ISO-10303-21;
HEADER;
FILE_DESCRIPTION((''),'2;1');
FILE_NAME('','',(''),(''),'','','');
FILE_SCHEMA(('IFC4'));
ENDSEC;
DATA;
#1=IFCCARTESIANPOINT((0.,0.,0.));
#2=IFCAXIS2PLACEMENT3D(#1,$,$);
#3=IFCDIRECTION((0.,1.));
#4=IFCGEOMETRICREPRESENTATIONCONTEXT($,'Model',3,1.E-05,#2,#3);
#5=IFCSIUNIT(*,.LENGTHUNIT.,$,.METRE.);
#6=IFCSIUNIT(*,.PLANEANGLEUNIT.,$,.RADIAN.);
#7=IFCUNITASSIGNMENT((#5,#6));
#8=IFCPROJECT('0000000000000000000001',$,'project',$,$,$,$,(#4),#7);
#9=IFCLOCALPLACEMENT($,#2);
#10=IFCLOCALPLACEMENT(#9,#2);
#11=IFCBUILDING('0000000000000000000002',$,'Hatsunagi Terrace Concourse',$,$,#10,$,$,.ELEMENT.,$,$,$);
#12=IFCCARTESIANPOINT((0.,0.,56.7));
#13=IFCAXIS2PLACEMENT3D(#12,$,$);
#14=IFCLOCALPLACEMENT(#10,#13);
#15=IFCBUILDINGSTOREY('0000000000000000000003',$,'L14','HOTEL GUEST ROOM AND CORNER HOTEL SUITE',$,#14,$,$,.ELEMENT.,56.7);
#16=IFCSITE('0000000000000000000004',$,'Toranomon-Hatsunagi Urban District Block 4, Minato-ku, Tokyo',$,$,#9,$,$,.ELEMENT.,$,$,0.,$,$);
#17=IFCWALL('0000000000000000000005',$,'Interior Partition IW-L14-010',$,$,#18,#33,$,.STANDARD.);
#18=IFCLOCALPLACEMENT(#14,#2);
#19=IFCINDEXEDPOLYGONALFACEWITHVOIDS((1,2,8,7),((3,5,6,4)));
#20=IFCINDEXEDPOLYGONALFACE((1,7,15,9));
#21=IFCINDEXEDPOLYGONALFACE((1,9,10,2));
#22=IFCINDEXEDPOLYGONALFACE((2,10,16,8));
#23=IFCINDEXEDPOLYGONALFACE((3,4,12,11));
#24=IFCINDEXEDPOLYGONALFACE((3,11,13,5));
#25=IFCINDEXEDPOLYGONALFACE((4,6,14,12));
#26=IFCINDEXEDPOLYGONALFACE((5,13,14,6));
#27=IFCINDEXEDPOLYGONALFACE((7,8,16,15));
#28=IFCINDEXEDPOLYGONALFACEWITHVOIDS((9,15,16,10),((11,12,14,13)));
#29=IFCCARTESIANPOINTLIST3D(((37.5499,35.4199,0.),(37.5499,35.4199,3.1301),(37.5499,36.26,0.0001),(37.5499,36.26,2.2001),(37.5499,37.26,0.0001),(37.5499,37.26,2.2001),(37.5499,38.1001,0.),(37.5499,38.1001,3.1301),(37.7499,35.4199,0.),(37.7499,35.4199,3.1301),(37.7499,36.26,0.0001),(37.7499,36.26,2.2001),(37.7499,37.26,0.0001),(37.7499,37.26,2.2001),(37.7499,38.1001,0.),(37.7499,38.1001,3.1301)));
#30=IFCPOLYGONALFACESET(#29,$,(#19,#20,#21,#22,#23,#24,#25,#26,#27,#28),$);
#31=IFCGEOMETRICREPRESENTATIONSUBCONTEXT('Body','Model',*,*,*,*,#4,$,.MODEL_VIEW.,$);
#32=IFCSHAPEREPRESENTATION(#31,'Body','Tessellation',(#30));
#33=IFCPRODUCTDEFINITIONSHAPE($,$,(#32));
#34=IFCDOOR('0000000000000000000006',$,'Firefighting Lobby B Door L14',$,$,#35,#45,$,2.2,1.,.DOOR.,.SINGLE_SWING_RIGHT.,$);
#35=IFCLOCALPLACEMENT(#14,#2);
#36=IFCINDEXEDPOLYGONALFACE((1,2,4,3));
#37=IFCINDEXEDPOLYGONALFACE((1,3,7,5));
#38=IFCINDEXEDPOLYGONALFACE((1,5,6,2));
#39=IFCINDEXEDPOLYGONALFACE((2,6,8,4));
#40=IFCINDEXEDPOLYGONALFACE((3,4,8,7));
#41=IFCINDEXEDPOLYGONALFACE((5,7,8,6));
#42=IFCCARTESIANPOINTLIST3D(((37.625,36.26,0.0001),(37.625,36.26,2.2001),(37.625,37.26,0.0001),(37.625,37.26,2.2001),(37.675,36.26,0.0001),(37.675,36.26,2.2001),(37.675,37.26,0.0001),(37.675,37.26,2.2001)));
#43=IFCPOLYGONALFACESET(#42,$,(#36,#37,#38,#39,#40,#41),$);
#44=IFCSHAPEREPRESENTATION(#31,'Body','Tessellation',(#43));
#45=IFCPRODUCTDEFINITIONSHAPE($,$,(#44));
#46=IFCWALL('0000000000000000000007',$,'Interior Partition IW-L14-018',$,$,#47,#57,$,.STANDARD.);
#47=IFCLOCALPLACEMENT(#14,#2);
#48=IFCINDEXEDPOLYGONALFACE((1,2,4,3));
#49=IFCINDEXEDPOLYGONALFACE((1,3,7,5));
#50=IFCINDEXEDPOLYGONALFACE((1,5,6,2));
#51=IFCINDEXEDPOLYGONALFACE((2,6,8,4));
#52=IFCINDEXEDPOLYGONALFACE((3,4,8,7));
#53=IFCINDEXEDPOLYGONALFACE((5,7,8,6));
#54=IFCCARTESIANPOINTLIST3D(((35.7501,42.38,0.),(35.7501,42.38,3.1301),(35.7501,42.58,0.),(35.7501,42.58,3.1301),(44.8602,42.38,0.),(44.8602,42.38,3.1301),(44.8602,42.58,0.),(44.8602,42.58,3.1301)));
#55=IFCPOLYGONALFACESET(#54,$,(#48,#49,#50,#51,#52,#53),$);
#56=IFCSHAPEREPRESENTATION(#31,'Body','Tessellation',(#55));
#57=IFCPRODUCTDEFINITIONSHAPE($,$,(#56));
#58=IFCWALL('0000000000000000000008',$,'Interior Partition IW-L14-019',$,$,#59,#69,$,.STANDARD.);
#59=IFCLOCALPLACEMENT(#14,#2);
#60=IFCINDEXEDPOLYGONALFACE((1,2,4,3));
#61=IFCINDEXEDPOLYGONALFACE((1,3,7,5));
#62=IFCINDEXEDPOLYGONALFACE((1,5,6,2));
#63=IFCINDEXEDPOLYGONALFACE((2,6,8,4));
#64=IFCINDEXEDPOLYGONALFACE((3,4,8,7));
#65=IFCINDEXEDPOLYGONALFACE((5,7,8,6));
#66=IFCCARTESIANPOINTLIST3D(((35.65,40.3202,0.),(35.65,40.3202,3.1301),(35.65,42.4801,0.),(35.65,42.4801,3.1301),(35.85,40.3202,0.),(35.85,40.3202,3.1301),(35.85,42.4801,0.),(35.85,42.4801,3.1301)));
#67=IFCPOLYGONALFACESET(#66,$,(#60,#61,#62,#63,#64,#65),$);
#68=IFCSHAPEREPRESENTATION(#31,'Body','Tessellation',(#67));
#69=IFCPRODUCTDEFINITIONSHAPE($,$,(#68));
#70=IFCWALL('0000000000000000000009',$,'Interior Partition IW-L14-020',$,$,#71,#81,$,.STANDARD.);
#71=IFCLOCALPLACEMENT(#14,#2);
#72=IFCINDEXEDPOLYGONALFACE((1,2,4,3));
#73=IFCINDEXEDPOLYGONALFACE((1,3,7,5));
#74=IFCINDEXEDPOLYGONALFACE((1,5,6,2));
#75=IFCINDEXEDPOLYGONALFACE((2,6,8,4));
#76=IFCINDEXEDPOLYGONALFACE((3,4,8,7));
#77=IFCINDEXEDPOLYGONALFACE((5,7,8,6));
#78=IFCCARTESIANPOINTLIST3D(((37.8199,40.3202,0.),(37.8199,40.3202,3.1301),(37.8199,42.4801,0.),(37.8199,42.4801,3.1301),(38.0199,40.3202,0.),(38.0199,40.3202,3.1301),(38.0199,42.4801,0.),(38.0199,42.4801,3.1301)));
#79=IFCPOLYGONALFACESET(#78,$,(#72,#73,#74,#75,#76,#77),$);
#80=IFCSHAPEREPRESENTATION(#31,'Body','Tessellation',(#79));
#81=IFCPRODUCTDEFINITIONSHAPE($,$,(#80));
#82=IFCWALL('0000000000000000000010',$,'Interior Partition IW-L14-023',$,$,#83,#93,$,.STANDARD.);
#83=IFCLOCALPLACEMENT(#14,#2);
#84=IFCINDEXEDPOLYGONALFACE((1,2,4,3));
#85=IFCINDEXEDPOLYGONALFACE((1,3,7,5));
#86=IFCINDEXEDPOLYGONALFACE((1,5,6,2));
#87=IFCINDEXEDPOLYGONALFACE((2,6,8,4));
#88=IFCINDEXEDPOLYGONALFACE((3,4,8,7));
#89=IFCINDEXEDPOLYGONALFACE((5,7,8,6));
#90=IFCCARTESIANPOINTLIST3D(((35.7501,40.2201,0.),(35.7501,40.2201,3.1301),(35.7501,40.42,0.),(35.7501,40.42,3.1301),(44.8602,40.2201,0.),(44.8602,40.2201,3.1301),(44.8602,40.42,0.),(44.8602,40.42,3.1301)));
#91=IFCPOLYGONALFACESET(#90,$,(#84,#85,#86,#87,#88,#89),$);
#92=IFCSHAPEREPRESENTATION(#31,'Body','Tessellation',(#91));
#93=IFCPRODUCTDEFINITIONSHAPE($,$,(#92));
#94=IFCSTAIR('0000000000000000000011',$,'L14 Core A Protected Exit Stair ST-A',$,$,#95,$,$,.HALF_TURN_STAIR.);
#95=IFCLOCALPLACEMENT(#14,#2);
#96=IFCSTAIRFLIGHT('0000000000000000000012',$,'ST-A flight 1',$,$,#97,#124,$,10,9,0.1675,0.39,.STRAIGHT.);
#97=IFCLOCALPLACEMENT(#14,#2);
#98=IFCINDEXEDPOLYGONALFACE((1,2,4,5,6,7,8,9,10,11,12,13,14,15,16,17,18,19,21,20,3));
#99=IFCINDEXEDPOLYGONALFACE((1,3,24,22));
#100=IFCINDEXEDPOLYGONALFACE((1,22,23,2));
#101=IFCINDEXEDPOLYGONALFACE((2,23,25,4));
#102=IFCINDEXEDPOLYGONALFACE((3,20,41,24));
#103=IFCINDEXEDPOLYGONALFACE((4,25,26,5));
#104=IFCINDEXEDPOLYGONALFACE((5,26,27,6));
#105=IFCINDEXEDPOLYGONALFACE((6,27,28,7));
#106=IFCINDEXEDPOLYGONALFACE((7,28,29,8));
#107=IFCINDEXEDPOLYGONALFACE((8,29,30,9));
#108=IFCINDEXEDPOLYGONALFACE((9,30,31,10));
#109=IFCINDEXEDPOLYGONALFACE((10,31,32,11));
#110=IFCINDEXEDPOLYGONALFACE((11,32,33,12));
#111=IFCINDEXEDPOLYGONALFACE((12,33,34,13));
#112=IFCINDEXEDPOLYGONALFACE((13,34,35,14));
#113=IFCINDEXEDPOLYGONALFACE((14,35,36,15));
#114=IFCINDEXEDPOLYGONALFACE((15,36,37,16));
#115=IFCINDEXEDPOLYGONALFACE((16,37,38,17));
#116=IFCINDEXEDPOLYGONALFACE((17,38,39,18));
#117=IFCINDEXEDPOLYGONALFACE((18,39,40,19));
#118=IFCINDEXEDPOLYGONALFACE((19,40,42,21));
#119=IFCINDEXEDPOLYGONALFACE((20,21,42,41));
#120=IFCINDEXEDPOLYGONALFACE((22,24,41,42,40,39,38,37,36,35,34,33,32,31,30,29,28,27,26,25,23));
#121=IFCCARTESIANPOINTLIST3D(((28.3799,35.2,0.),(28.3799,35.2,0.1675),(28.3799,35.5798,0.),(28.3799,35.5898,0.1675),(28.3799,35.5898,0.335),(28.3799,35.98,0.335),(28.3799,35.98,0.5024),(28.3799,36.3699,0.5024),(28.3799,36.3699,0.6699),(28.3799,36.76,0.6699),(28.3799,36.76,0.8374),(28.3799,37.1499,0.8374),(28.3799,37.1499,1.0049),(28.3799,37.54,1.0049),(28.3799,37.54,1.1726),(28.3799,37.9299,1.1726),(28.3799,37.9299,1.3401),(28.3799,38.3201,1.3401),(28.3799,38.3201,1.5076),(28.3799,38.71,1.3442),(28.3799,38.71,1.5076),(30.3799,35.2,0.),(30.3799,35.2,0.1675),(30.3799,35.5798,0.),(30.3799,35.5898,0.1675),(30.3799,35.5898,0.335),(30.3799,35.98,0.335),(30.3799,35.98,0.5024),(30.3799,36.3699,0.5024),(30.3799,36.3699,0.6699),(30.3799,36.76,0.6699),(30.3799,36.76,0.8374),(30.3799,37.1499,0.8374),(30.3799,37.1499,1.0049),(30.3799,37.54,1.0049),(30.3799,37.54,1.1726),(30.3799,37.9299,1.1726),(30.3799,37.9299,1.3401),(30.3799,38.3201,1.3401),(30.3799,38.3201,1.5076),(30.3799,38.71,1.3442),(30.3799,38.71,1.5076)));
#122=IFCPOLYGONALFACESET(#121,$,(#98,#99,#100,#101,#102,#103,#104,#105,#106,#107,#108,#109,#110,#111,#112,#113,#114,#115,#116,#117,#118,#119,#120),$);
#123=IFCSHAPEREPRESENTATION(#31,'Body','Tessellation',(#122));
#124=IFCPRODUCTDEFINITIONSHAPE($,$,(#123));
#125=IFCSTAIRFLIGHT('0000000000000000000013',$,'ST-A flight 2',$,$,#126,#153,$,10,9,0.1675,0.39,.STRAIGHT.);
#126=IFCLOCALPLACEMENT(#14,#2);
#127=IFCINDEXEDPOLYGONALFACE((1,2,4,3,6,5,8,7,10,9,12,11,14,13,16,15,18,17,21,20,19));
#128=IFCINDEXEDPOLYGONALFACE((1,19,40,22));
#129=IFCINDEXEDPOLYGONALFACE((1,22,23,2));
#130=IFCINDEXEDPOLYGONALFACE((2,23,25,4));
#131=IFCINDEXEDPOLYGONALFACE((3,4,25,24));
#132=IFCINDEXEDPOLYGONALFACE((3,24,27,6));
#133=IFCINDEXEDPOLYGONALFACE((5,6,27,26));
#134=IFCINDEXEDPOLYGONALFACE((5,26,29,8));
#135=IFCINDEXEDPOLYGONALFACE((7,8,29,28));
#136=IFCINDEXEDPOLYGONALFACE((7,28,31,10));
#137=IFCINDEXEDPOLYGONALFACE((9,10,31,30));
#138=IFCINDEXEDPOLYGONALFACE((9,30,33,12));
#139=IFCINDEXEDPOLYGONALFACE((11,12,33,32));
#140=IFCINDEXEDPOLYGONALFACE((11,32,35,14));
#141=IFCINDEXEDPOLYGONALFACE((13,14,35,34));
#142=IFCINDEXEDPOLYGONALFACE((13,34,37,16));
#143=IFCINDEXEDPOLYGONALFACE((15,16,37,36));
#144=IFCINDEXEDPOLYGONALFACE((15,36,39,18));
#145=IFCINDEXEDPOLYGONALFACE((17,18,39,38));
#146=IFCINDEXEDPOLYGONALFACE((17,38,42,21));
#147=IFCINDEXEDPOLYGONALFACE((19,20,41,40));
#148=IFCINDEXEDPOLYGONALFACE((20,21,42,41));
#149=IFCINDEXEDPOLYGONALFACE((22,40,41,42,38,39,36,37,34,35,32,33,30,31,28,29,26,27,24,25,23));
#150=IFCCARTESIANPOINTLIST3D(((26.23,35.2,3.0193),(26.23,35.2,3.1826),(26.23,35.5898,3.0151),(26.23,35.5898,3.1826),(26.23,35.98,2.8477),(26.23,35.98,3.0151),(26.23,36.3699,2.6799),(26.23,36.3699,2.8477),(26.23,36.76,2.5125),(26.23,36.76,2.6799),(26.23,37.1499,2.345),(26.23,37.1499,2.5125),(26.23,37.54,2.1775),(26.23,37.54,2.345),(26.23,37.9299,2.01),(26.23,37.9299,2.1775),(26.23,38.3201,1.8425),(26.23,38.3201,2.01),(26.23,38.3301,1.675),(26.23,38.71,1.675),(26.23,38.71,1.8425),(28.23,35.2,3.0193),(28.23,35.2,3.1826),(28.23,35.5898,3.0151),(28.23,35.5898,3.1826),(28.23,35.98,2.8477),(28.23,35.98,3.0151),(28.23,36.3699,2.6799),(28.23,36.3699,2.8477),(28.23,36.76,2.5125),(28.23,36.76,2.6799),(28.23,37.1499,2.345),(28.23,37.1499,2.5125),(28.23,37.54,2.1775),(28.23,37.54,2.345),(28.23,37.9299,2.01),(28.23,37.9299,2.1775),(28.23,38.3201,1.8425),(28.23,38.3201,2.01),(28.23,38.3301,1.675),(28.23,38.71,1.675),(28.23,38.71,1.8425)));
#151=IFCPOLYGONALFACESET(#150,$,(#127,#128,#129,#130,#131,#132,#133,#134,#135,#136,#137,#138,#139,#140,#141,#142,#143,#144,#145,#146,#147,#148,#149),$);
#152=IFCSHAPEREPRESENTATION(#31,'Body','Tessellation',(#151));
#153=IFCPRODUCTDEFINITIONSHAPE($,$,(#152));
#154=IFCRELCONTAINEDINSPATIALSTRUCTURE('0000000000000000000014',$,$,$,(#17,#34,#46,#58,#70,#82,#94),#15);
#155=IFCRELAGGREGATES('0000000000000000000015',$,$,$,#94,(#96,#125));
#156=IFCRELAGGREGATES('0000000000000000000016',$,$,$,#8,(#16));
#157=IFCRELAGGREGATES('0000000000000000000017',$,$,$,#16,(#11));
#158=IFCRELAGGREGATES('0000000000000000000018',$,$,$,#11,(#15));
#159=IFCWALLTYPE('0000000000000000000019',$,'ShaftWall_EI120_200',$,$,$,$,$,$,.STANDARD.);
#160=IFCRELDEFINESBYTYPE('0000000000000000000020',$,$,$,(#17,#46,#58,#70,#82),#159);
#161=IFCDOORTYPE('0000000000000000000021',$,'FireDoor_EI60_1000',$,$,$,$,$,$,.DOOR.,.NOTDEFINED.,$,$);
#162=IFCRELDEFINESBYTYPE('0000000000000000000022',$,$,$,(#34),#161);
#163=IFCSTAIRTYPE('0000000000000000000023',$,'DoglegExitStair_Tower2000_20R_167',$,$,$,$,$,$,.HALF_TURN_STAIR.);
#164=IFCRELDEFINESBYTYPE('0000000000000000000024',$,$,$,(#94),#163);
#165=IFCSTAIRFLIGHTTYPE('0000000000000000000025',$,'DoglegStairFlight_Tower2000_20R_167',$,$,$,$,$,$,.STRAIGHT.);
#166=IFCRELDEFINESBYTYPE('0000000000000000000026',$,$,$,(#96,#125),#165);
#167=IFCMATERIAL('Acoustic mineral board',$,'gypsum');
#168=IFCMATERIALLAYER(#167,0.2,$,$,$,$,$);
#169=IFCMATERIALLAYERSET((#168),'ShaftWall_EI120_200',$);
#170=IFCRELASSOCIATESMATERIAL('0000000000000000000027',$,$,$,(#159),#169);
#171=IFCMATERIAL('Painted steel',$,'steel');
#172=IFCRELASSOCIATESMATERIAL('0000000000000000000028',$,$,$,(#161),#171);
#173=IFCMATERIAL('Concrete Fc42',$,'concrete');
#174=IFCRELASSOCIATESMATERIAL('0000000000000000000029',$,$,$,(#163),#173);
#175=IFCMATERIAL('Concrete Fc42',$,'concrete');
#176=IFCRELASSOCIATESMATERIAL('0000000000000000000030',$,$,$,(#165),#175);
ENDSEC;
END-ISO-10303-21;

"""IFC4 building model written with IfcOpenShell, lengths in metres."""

from ifc_helpers import new_model, si_unit, direction, frame, frame_2d, origin, place, context, subcontext, project, spatial, polyline, rectangle, outline, extrude, material, layer, layer_set, type_object, element, fill, aggregate, save


model = new_model("IFC4")

# Units and contexts
model_context = context("Model", 3, precision=1e-05, world=origin(), true_north=direction((0.0, 1.0)))
body_context = subcontext(model_context, "Body", "Model", "MODEL_VIEW")
ifc_project = project(units=[si_unit("LENGTHUNIT", "METRE"), si_unit("PLANEANGLEUNIT", "RADIAN")], contexts=[model_context])

# Site, building, storey
site_placement = place(None, origin())
site = spatial("IfcSite", under=ifc_project, at=site_placement, Name="Toranomon-Hatsunagi Urban District Block 4, Minato-ku, Tokyo", CompositionType="ELEMENT", RefElevation=0.0)
building_placement = place(site_placement, origin())
building = spatial("IfcBuilding", under=site, at=building_placement, Name="Hatsunagi Terrace Concourse", CompositionType="ELEMENT")
storey_placement = place(building_placement, frame((0.0, 0.0, 56.7)))
storey = spatial("IfcBuildingStorey", under=building, at=storey_placement, Name="L14", Description="HOTEL GUEST ROOM AND CORNER HOTEL SUITE", CompositionType="ELEMENT", Elevation=56.7)

# Shared definitions
ifc_material_1 = material(Name="Acoustic mineral board", Category="gypsum")
ifc_layer_1 = layer(ifc_material_1, 0.2)
ifc_layer_set_1 = layer_set([ifc_layer_1], Name="ShaftWall_EI120_200")
wall_type_1 = type_object("IfcWallType", Name="ShaftWall_EI120_200", PredefinedType="STANDARD", material=ifc_layer_set_1)

# Wall, opening, door
wall_1_placement = place(storey_placement, frame((37.6499, 35.4199, 0.0), z_axis=(0.0, 0.0, 1.0), x_axis=(0.0, 1.0, 0.0)))
wall_1 = element("IfcWall", 1, at=wall_1_placement, inside=storey, type_object=wall_type_1, Name="Interior Partition IW-L14-010", PredefinedType="STANDARD", context=body_context, shape_type="SweptSolid", body=[
    extrude(rectangle(XDim=2.6802, YDim=0.2, at=frame_2d((1.3401, 0.0))), origin(), (0.0, 0.0, 1.0), 3.1301),
])
opening_1_placement = place(wall_1_placement, frame((0.8401, 0.0, 0.0)))
opening_1 = element("IfcOpeningElement", 2, at=opening_1_placement, cuts=wall_1, PredefinedType="OPENING", context=body_context, shape_type="SweptSolid", body=[
    extrude(rectangle(XDim=1.0, YDim=2.2, at=frame_2d((0.5, 1.1001))), frame((0.0, 0.1099, 0.0), z_axis=(0.0, -1.0, 0.0), x_axis=(1.0, 0.0, 0.0)), (0.0, 0.0, 1.0), 0.22),
])
ifc_material_2 = material(Name="Painted steel", Category="steel")
door_type_1 = type_object("IfcDoorType", Name="FireDoor_EI60_1000", OperationType="NOTDEFINED", PredefinedType="DOOR", material=ifc_material_2)
door_1_placement = place(opening_1_placement, origin())
door_1 = element("IfcDoor", 3, at=door_1_placement, inside=storey, type_object=door_type_1, Name="Firefighting Lobby B Door L14", OperationType="SINGLE_SWING_RIGHT", OverallHeight=2.2, OverallWidth=1.0, PredefinedType="DOOR", context=body_context, shape_type="SweptSolid", body=[
    extrude(rectangle(XDim=1.0, YDim=2.2, at=frame_2d((0.5, 1.1001))), frame((0.0, 0.0249, 0.0), z_axis=(0.0, -1.0, 0.0), x_axis=(1.0, 0.0, 0.0)), (0.0, 0.0, 1.0), 0.05),
])
fill(opening_1, door_1)

# Walls
wall_2_placement = place(storey_placement, frame((35.75, 42.48, 0.0), z_axis=(0.0, 0.0, 1.0), x_axis=(1.0, 0.0, 0.0)))
element("IfcWall", 4, at=wall_2_placement, inside=storey, type_object=wall_type_1, Name="Interior Partition IW-L14-018", PredefinedType="STANDARD", context=body_context, shape_type="SweptSolid", body=[
    extrude(rectangle(XDim=9.1101, YDim=0.2, at=frame_2d((4.5552, 0.0))), origin(), (0.0, 0.0, 1.0), 3.1301),
])
for number, where, z_axis, x_axis, name in (
    (5, (35.75, 40.3201, 0.0), (0.0, 0.0, 1.0), (0.0, 1.0, 0.0), "Interior Partition IW-L14-019"),
    (6, (37.9199, 40.3201, 0.0), (0.0, 0.0, 1.0), (0.0, 1.0, 0.0), "Interior Partition IW-L14-020"),
):
    element("IfcWall", number, at=place(storey_placement, frame(where, z_axis=z_axis, x_axis=x_axis)), inside=storey, type_object=wall_type_1, Name=name, PredefinedType="STANDARD", context=body_context, shape_type="SweptSolid", body=[
        extrude(rectangle(XDim=2.1599, YDim=0.2, at=frame_2d((1.0801, 0.0))), origin(), (0.0, 0.0, 1.0), 3.1301),
    ])
wall_3_placement = place(storey_placement, frame((35.75, 40.3201, 0.0), z_axis=(0.0, 0.0, 1.0), x_axis=(1.0, 0.0, 0.0)))
element("IfcWall", 7, at=wall_3_placement, inside=storey, type_object=wall_type_1, Name="Interior Partition IW-L14-023", PredefinedType="STANDARD", context=body_context, shape_type="SweptSolid", body=[
    extrude(rectangle(XDim=9.1101, YDim=0.2, at=frame_2d((4.5552, 0.0))), origin(), (0.0, 0.0, 1.0), 3.1301),
])

# Stair, stair flights
ifc_material_3 = material(Name="Concrete Fc42", Category="concrete")
stair_type = type_object("IfcStairType", Name="DoglegExitStair_Tower2000_20R_167", PredefinedType="HALF_TURN_STAIR", material=ifc_material_3)
stair_placement = place(storey_placement, origin())
stair = element("IfcStair", 8, at=stair_placement, inside=storey, type_object=stair_type, Name="L14 Core A Protected Exit Stair ST-A", PredefinedType="HALF_TURN_STAIR")
ifc_material_4 = material(Name="Concrete Fc42", Category="concrete")
stair_flight_type = type_object("IfcStairFlightType", Name="DoglegStairFlight_Tower2000_20R_167", PredefinedType="STRAIGHT", material=ifc_material_4)
stair_flight_1_placement = place(storey_placement, frame((29.3799, 35.2, 0.0), z_axis=(0.0, 0.0, 1.0), x_axis=(0.0, 1.0, 0.0)))
stair_flight_1 = element("IfcStairFlight", 9, at=stair_flight_1_placement, type_object=stair_flight_type, Name="ST-A flight 1", NumberOfRisers=10, NumberOfTreads=9, PredefinedType="STRAIGHT", RiserHeight=0.1675, TreadLength=0.39, context=body_context, shape_type="SweptSolid", body=[
    extrude(outline(polyline([(0.0, 0.0), (0.0, 0.1675), (0.3899, 0.1675), (0.3899, 0.335), (0.78, 0.335), (0.78, 0.5024), (1.1699, 0.5024), (1.1699, 0.6699), (1.5601, 0.6699), (1.5601, 0.8374), (1.95, 0.8374), (1.95, 1.0049), (2.3401, 1.0049), (2.3401, 1.1726), (2.73, 1.1726), (2.73, 1.3401), (3.1201, 1.3401), (3.1201, 1.5076), (3.51, 1.5076), (3.51, 1.675), (3.51, 1.3442), (0.3799, 0.0), (0.0, 0.0)])), frame((0.0, 1.0, 0.0), z_axis=(0.0, -1.0, 0.0), x_axis=(1.0, 0.0, 0.0)), (0.0, 0.0, 1.0), 2.0),
])
stair_flight_2_placement = place(storey_placement, frame((27.23, 38.71, 1.675), z_axis=(0.0, 0.0, 1.0), x_axis=(0.0, -1.0, 0.0)))
stair_flight_2 = element("IfcStairFlight", 10, at=stair_flight_2_placement, type_object=stair_flight_type, Name="ST-A flight 2", NumberOfRisers=10, NumberOfTreads=9, PredefinedType="STRAIGHT", RiserHeight=0.1675, TreadLength=0.39, context=body_context, shape_type="SweptSolid", body=[
    extrude(outline(polyline([(0.0, 0.0), (0.0, 0.1675), (0.3899, 0.1675), (0.3899, 0.335), (0.78, 0.335), (0.78, 0.5024), (1.1699, 0.5024), (1.1699, 0.6699), (1.5601, 0.6699), (1.5601, 0.8374), (1.95, 0.8374), (1.95, 1.0049), (2.3401, 1.0049), (2.3401, 1.1726), (2.73, 1.1726), (2.73, 1.3401), (3.1201, 1.3401), (3.1201, 1.5076), (3.51, 1.5076), (3.51, 1.675), (3.51, 1.3442), (0.3799, 0.0), (0.0, 0.0)])), frame((0.0, 1.0, 0.0), z_axis=(0.0, -1.0, 0.0), x_axis=(1.0, 0.0, 0.0)), (0.0, 0.0, 1.0), 2.0),
])
aggregate(stair, [stair_flight_1, stair_flight_2])

save(model, "model.ifc")
